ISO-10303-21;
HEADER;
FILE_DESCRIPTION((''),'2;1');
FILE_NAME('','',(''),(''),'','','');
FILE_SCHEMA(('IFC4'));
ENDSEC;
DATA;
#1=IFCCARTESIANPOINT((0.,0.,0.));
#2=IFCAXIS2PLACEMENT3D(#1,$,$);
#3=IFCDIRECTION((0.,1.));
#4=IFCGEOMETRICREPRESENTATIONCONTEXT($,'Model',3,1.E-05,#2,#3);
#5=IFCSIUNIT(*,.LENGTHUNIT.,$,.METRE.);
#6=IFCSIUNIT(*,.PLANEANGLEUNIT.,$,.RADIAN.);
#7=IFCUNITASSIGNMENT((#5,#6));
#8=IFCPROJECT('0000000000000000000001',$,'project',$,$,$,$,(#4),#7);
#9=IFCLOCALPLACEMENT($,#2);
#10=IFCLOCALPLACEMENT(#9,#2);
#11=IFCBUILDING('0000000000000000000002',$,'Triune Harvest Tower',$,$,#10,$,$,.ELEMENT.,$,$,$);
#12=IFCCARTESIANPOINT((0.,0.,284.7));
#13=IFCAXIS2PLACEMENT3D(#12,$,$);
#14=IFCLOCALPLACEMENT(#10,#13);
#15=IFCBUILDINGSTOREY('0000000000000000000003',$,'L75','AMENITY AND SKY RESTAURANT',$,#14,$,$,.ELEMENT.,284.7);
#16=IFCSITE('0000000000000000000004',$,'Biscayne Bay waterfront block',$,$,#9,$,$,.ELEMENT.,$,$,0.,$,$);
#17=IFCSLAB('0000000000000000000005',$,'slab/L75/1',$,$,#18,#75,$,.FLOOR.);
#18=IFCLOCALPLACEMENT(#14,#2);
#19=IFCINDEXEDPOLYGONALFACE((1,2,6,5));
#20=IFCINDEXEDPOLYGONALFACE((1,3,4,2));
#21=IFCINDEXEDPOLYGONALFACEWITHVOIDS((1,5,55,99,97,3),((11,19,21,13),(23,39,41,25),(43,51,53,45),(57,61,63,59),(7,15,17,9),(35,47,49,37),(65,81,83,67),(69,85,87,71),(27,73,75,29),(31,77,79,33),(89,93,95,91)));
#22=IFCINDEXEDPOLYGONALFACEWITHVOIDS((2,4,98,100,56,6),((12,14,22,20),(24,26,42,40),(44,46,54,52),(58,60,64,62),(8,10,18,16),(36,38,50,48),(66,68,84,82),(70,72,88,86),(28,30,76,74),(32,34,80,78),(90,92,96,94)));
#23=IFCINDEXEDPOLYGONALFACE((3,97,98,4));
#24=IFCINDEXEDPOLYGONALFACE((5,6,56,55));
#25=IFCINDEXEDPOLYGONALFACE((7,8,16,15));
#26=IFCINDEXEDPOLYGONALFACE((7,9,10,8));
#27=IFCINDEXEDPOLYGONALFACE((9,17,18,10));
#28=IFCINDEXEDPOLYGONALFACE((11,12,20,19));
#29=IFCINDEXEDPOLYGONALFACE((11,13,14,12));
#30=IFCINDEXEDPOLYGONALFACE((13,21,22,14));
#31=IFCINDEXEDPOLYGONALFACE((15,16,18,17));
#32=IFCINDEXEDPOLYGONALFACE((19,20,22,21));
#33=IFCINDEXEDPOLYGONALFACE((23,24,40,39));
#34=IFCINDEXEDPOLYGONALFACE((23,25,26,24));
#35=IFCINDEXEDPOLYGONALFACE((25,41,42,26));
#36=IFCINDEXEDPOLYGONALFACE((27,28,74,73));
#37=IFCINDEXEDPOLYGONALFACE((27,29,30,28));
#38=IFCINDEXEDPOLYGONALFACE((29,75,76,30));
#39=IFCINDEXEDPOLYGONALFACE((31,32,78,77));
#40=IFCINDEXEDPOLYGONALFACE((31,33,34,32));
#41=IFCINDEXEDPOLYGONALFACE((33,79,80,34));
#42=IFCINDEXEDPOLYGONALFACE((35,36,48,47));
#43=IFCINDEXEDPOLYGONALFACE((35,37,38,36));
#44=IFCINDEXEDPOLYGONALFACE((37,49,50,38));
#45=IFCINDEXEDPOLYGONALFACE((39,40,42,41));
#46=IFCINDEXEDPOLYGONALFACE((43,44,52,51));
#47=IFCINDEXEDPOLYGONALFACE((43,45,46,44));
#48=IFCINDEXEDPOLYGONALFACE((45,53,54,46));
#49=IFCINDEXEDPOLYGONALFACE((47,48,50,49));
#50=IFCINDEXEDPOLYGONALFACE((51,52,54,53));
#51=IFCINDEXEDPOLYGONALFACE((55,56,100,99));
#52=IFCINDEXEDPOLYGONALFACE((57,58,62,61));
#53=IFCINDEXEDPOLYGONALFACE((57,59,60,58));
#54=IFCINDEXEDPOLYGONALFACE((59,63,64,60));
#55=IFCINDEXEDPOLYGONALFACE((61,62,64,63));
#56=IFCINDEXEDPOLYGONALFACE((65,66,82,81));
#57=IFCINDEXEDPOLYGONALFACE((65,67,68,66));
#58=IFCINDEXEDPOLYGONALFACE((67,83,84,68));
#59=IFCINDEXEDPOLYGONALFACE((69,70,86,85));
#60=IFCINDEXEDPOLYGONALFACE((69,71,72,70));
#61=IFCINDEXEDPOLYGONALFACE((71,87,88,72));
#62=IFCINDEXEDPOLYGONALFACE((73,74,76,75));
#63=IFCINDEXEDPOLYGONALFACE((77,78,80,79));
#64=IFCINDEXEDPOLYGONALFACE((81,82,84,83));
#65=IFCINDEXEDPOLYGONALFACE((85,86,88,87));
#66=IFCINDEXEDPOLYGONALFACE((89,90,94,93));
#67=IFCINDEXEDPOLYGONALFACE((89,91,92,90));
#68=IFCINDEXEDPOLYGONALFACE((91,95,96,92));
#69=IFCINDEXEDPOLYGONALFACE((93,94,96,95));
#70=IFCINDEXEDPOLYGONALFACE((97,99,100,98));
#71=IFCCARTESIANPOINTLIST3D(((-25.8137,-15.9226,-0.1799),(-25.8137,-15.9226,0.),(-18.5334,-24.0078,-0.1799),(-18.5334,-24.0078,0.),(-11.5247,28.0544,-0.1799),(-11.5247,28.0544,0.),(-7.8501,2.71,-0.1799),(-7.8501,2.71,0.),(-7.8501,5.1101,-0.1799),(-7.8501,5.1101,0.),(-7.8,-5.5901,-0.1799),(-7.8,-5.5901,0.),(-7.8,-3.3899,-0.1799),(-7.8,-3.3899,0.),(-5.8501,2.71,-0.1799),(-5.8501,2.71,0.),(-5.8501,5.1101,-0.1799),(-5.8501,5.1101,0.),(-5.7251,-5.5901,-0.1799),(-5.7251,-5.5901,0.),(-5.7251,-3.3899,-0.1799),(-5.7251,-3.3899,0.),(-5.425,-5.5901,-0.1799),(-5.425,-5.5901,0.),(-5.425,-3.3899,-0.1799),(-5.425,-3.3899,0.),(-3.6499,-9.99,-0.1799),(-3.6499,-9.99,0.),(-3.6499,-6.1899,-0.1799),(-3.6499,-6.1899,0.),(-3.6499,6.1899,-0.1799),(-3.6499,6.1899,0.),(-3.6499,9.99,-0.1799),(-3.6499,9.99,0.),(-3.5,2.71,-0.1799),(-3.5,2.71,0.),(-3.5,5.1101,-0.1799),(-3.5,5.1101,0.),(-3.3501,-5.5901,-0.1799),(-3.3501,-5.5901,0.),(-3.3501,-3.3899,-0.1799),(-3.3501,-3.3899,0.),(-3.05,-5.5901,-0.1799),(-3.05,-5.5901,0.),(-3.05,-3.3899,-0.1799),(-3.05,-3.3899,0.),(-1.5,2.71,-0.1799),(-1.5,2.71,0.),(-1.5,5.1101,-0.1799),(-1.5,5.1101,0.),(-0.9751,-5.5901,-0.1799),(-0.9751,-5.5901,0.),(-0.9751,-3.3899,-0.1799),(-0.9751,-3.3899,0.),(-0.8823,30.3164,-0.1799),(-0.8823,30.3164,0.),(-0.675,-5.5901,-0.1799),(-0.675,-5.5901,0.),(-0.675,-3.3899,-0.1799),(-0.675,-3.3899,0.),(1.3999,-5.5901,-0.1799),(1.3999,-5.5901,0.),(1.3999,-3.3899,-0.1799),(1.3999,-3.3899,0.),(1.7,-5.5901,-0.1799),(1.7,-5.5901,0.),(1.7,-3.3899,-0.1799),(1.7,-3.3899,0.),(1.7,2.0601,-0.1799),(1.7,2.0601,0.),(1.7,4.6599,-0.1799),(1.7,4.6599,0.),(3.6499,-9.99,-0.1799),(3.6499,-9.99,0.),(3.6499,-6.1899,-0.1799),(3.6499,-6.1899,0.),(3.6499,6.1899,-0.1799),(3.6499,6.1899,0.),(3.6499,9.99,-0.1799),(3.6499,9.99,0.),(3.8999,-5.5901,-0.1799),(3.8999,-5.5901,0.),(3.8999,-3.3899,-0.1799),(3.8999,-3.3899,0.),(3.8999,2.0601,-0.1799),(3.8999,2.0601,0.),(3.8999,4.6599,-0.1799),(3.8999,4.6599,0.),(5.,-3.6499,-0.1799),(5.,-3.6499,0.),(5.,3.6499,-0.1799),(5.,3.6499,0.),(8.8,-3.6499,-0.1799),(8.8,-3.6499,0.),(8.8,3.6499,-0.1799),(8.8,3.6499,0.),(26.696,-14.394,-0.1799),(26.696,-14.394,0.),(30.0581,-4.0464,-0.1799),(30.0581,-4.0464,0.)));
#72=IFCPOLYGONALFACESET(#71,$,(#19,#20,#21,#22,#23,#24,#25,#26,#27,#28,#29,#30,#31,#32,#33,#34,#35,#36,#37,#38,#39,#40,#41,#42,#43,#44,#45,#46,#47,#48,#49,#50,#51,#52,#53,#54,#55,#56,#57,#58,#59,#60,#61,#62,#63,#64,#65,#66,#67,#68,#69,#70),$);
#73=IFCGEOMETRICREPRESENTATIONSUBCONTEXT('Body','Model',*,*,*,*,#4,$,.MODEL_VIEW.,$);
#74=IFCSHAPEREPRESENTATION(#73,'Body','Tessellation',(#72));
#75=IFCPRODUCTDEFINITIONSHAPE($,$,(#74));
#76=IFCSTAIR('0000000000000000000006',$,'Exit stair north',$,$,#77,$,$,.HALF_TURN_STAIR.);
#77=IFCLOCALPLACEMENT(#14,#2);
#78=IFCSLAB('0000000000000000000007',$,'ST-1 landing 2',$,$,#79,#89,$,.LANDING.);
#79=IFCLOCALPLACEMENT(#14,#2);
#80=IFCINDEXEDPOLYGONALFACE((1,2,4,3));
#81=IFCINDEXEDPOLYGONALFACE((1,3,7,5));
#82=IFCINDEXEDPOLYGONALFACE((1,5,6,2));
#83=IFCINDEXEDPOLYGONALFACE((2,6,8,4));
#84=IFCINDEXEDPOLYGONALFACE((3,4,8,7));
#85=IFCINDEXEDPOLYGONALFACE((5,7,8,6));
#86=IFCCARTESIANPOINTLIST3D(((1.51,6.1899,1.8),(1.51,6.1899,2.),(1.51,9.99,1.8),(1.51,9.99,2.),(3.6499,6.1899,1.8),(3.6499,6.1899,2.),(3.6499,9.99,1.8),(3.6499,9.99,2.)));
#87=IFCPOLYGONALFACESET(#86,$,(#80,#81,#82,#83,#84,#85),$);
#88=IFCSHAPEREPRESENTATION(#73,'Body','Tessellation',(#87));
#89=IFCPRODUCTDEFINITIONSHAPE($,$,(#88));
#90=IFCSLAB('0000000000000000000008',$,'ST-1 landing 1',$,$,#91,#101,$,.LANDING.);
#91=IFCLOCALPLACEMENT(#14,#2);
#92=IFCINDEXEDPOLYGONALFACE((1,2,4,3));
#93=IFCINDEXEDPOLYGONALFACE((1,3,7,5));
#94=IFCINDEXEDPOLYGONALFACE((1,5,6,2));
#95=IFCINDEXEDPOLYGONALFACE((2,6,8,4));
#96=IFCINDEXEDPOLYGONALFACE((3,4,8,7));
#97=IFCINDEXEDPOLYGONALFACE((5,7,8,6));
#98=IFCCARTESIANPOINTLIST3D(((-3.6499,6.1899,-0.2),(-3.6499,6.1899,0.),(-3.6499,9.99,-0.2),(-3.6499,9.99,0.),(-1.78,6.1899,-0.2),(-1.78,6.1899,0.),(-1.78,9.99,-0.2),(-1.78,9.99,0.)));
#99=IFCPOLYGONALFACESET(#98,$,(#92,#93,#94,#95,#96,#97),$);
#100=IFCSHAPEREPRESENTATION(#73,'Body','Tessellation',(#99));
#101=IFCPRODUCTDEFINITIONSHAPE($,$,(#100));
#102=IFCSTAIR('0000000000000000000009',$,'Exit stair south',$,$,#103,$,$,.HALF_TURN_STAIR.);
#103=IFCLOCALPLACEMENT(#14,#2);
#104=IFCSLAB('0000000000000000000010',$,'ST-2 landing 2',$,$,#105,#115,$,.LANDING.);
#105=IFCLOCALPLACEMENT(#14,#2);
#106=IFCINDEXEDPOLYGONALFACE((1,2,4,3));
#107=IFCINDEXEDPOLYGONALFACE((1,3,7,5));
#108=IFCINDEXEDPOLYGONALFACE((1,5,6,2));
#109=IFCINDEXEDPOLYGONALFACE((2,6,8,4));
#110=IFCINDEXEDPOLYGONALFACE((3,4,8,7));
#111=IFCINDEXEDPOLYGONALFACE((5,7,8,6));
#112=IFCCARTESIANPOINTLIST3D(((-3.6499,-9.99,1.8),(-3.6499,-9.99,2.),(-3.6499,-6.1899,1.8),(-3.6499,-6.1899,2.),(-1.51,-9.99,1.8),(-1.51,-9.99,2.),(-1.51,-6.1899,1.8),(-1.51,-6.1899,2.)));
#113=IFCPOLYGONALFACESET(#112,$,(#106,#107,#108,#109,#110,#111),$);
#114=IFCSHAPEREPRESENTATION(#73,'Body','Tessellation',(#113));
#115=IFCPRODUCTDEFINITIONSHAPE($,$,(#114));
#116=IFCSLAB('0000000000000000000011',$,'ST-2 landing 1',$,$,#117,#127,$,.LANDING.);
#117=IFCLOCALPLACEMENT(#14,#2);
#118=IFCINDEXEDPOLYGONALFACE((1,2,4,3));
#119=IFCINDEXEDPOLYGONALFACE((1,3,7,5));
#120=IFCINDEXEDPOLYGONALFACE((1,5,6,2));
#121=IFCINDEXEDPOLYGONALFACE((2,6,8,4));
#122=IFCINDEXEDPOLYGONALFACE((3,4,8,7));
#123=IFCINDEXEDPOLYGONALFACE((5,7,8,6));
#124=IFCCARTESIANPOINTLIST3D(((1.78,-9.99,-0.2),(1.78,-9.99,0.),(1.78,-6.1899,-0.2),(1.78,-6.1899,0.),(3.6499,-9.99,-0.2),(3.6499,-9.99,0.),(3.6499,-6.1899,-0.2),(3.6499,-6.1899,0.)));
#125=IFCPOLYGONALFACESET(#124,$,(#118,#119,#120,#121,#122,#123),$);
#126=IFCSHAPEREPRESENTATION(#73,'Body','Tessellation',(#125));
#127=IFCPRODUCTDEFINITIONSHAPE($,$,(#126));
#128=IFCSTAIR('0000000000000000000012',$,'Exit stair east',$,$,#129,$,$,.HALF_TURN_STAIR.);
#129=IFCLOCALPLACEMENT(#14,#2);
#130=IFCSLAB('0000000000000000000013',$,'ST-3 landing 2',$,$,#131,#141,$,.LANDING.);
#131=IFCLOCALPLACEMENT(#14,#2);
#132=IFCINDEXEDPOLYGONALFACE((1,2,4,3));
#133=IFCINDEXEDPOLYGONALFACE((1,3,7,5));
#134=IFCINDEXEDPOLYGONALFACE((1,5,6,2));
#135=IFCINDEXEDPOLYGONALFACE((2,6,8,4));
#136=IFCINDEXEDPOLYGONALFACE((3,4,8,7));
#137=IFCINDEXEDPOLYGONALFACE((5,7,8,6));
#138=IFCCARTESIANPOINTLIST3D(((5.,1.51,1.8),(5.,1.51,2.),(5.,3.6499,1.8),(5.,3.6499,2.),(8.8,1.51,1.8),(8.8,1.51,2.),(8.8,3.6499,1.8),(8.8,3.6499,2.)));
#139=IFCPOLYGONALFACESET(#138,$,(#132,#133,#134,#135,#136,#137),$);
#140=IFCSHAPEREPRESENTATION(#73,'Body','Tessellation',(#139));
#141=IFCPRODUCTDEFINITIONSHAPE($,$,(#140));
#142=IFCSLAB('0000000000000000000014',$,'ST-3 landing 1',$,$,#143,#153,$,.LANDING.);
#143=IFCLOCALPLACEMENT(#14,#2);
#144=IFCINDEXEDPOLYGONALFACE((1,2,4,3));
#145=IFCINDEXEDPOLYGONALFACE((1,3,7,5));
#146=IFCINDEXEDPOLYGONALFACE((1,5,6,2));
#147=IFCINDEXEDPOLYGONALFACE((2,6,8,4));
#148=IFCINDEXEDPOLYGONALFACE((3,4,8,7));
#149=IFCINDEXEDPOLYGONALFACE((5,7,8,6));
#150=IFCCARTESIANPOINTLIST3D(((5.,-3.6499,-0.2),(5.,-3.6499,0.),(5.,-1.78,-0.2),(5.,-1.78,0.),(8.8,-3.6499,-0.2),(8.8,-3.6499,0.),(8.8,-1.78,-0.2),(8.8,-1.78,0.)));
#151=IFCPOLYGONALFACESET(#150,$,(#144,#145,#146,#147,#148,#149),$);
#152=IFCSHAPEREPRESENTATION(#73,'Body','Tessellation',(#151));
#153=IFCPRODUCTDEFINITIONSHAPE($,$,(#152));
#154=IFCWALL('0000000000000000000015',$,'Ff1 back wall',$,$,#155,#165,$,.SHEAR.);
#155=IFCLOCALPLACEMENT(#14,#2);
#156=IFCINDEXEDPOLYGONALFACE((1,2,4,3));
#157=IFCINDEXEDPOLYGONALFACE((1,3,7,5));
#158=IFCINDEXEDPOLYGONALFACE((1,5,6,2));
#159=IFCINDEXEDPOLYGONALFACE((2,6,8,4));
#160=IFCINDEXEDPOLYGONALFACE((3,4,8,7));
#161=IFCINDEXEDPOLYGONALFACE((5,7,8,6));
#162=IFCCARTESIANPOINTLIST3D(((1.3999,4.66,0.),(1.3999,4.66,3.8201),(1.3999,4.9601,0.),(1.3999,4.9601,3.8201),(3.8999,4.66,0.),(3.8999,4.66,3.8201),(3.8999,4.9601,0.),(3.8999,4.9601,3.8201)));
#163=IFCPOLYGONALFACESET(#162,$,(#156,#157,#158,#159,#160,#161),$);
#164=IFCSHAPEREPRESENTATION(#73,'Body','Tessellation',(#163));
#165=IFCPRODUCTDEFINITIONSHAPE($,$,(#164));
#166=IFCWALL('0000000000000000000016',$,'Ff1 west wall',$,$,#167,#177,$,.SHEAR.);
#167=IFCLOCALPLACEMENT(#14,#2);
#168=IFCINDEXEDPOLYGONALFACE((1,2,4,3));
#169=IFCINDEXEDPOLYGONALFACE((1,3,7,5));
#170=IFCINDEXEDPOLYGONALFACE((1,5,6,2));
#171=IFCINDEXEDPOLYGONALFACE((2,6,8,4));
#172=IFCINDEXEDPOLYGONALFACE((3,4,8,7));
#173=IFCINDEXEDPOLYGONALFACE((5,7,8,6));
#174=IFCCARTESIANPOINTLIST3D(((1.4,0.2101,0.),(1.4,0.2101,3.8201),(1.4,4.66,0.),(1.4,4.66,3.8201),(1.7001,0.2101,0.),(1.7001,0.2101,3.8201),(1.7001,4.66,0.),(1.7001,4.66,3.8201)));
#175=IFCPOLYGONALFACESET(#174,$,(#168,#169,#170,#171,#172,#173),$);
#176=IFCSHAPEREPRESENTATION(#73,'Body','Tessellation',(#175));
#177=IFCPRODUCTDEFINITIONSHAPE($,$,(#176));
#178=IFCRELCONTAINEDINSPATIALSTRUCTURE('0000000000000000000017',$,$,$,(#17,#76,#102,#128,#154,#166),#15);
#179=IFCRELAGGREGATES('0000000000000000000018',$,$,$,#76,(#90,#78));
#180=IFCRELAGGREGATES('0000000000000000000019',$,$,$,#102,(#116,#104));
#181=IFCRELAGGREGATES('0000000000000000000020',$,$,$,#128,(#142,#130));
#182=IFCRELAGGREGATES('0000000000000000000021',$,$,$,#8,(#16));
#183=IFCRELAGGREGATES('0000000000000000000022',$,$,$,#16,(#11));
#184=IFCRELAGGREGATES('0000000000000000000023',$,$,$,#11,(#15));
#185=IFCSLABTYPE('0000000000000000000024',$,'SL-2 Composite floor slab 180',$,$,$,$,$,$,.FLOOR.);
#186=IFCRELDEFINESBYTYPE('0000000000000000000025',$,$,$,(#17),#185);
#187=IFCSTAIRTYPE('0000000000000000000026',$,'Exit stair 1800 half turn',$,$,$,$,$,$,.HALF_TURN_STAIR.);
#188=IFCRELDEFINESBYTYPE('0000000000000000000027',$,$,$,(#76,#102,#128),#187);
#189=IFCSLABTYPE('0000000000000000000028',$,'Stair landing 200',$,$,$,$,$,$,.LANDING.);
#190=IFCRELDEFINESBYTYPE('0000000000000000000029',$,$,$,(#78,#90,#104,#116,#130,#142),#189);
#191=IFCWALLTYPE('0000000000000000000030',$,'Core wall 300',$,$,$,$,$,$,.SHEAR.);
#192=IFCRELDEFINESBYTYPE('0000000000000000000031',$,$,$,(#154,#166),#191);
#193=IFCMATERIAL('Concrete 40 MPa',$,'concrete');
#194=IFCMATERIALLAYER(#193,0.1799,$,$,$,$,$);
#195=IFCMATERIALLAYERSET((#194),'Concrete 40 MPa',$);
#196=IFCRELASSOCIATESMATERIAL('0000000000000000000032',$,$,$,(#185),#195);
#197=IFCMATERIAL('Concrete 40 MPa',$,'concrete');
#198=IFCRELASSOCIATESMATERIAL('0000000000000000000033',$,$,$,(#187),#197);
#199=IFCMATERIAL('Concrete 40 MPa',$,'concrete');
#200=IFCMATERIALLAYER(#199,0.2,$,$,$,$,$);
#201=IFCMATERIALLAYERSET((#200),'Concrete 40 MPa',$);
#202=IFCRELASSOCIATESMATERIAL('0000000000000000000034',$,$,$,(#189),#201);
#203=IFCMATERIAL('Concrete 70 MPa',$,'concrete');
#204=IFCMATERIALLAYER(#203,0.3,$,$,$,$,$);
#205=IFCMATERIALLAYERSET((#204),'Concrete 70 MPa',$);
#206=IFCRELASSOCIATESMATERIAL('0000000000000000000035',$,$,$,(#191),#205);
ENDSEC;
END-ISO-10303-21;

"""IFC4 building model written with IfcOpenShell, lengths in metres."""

from ifc_helpers import new_model, si_unit, direction, frame, frame_2d, origin, place, context, subcontext, project, spatial, polyline, rectangle, outline, extrude, source, transform, mapped, material, layer, layer_set, type_object, element, aggregate, save


model = new_model("IFC4")

# Units and contexts
model_context = context("Model", 3, precision=1e-05, world=origin(), true_north=direction((0.0, 1.0)))
body_context = subcontext(model_context, "Body", "Model", "MODEL_VIEW")
ifc_project = project(units=[si_unit("LENGTHUNIT", "METRE"), si_unit("PLANEANGLEUNIT", "RADIAN")], contexts=[model_context])

# Site, building, storey
site_placement = place(None, origin())
site = spatial("IfcSite", under=ifc_project, at=site_placement, Name="Biscayne Bay waterfront block", CompositionType="ELEMENT", RefElevation=0.0)
building_placement = place(site_placement, origin())
building = spatial("IfcBuilding", under=site, at=building_placement, Name="Triune Harvest Tower", CompositionType="ELEMENT")
storey_placement = place(building_placement, frame((0.0, 0.0, 284.7)))
storey = spatial("IfcBuildingStorey", under=building, at=storey_placement, Name="L75", Description="AMENITY AND SKY RESTAURANT", CompositionType="ELEMENT", Elevation=284.7)

# Slab
ifc_material_1 = material(Name="Concrete 40 MPa", Category="concrete")
ifc_layer_1 = layer(ifc_material_1, 0.1799)
ifc_layer_set_1 = layer_set([ifc_layer_1], Name="Concrete 40 MPa")
slab_type_1 = type_object("IfcSlabType", Name="SL-2 Composite floor slab 180", PredefinedType="FLOOR", material=ifc_layer_set_1)
shared_shape_1 = source(origin(), body_context, "Body", "SweptSolid", [
    extrude(outline(polyline([(30.0581, -4.0464), (-0.8823, 30.3164), (-11.5247, 28.0544), (-25.8137, -15.9226), (-18.5334, -24.0078), (26.696, -14.394), (30.0581, -4.0464)]), holes=[polyline([(-5.7251, -5.5901), (-5.7251, -3.3899), (-7.8, -3.3899), (-7.8, -5.5901), (-5.7251, -5.5901)]), polyline([(-3.3501, -5.5901), (-3.3501, -3.3899), (-5.425, -3.3899), (-5.425, -5.5901), (-3.3501, -5.5901)]), polyline([(-0.9751, -5.5901), (-0.9751, -3.3899), (-3.05, -3.3899), (-3.05, -5.5901), (-0.9751, -5.5901)]), polyline([(1.3999, -5.5901), (1.3999, -3.3899), (-0.675, -3.3899), (-0.675, -5.5901), (1.3999, -5.5901)]), polyline([(3.8999, 2.0601), (3.8999, 4.6599), (1.7, 4.6599), (1.7, 2.0601), (3.8999, 2.0601)]), polyline([(3.8999, -5.5901), (3.8999, -3.3899), (1.7, -3.3899), (1.7, -5.5901), (3.8999, -5.5901)]), polyline([(-5.8501, 2.71), (-5.8501, 5.1101), (-7.8501, 5.1101), (-7.8501, 2.71), (-5.8501, 2.71)]), polyline([(-1.5, 2.71), (-1.5, 5.1101), (-3.5, 5.1101), (-3.5, 2.71), (-1.5, 2.71)]), polyline([(3.6499, 6.1899), (3.6499, 9.99), (-3.6499, 9.99), (-3.6499, 6.1899), (3.6499, 6.1899)]), polyline([(3.6499, -9.99), (3.6499, -6.1899), (-3.6499, -6.1899), (-3.6499, -9.99), (3.6499, -9.99)]), polyline([(8.8, -3.6499), (8.8, 3.6499), (5.0, 3.6499), (5.0, -3.6499), (8.8, -3.6499)])]), origin(), (0.0, 0.0, 1.0), 0.1799),
])
slab_1_placement = place(storey_placement, frame((0.0, 0.0, -0.1799)))
element("IfcSlab", 1, at=slab_1_placement, inside=storey, type_object=slab_type_1, Name="slab/L75/1", PredefinedType="FLOOR", context=body_context, shape_type="MappedRepresentation", body=[
    mapped(shared_shape_1, transform((0.0, 0.0, 0.0), scale=1.0)),
])

# Stairs, slabs
ifc_material_2 = material(Name="Concrete 40 MPa", Category="concrete")
stair_type = type_object("IfcStairType", Name="Exit stair 1800 half turn", PredefinedType="HALF_TURN_STAIR", material=ifc_material_2)
stair_1_placement = place(storey_placement, origin())
stair_1 = element("IfcStair", 2, at=stair_1_placement, inside=storey, type_object=stair_type, Name="Exit stair north", PredefinedType="HALF_TURN_STAIR")
ifc_material_3 = material(Name="Concrete 40 MPa", Category="concrete")
ifc_layer_2 = layer(ifc_material_3, 0.2)
ifc_layer_set_2 = layer_set([ifc_layer_2], Name="Concrete 40 MPa")
slab_type_2 = type_object("IfcSlabType", Name="Stair landing 200", PredefinedType="LANDING", material=ifc_layer_set_2)
shared_shape_2 = source(origin(), body_context, "Body", "SweptSolid", [
    extrude(outline(polyline([(1.51, 6.1899), (3.6499, 6.1899), (3.6499, 9.99), (1.51, 9.99), (1.51, 6.1899)])), origin(), (0.0, 0.0, 1.0), 0.2),
])
slab_2_placement = place(storey_placement, frame((0.0, 0.0, 1.8)))
slab_2 = element("IfcSlab", 3, at=slab_2_placement, type_object=slab_type_2, Name="ST-1 landing 2", PredefinedType="LANDING", context=body_context, shape_type="MappedRepresentation", body=[
    mapped(shared_shape_2, transform((0.0, 0.0, 0.0), scale=1.0)),
])
shared_shape_3 = source(origin(), body_context, "Body", "SweptSolid", [
    extrude(outline(polyline([(-3.6499, 6.1899), (-1.78, 6.1899), (-1.78, 9.99), (-3.6499, 9.99), (-3.6499, 6.1899)])), origin(), (0.0, 0.0, 1.0), 0.2),
])
slab_3_placement = place(storey_placement, frame((0.0, 0.0, -0.2)))
slab_3 = element("IfcSlab", 4, at=slab_3_placement, type_object=slab_type_2, Name="ST-1 landing 1", PredefinedType="LANDING", context=body_context, shape_type="MappedRepresentation", body=[
    mapped(shared_shape_3, transform((0.0, 0.0, 0.0), scale=1.0)),
])
aggregate(stair_1, [slab_3, slab_2])
stair_2_placement = place(storey_placement, origin())
stair_2 = element("IfcStair", 5, at=stair_2_placement, inside=storey, type_object=stair_type, Name="Exit stair south", PredefinedType="HALF_TURN_STAIR")
shared_shape_4 = source(origin(), body_context, "Body", "SweptSolid", [
    extrude(outline(polyline([(-1.51, -6.1899), (-3.6499, -6.1899), (-3.6499, -9.99), (-1.51, -9.99), (-1.51, -6.1899)])), origin(), (0.0, 0.0, 1.0), 0.2),
])
slab_4_placement = place(storey_placement, frame((0.0, 0.0, 1.8)))
slab_4 = element("IfcSlab", 6, at=slab_4_placement, type_object=slab_type_2, Name="ST-2 landing 2", PredefinedType="LANDING", context=body_context, shape_type="MappedRepresentation", body=[
    mapped(shared_shape_4, transform((0.0, 0.0, 0.0), scale=1.0)),
])
shared_shape_5 = source(origin(), body_context, "Body", "SweptSolid", [
    extrude(outline(polyline([(3.6499, -6.1899), (1.78, -6.1899), (1.78, -9.99), (3.6499, -9.99), (3.6499, -6.1899)])), origin(), (0.0, 0.0, 1.0), 0.2),
])
slab_5_placement = place(storey_placement, frame((0.0, 0.0, -0.2)))
slab_5 = element("IfcSlab", 7, at=slab_5_placement, type_object=slab_type_2, Name="ST-2 landing 1", PredefinedType="LANDING", context=body_context, shape_type="MappedRepresentation", body=[
    mapped(shared_shape_5, transform((0.0, 0.0, 0.0), scale=1.0)),
])
aggregate(stair_2, [slab_5, slab_4])
stair_3_placement = place(storey_placement, origin())
stair_3 = element("IfcStair", 8, at=stair_3_placement, inside=storey, type_object=stair_type, Name="Exit stair east", PredefinedType="HALF_TURN_STAIR")
shared_shape_6 = source(origin(), body_context, "Body", "SweptSolid", [
    extrude(outline(polyline([(8.8, 1.51), (8.8, 3.6499), (5.0, 3.6499), (5.0, 1.51), (8.8, 1.51)])), origin(), (0.0, 0.0, 1.0), 0.2),
])
slab_6_placement = place(storey_placement, frame((0.0, 0.0, 1.8)))
slab_6 = element("IfcSlab", 9, at=slab_6_placement, type_object=slab_type_2, Name="ST-3 landing 2", PredefinedType="LANDING", context=body_context, shape_type="MappedRepresentation", body=[
    mapped(shared_shape_6, transform((0.0, 0.0, 0.0), scale=1.0)),
])
shared_shape_7 = source(origin(), body_context, "Body", "SweptSolid", [
    extrude(outline(polyline([(8.8, -3.6499), (8.8, -1.78), (5.0, -1.78), (5.0, -3.6499), (8.8, -3.6499)])), origin(), (0.0, 0.0, 1.0), 0.2),
])
slab_7_placement = place(storey_placement, frame((0.0, 0.0, -0.2)))
slab_7 = element("IfcSlab", 10, at=slab_7_placement, type_object=slab_type_2, Name="ST-3 landing 1", PredefinedType="LANDING", context=body_context, shape_type="MappedRepresentation", body=[
    mapped(shared_shape_7, transform((0.0, 0.0, 0.0), scale=1.0)),
])

# Walls
ifc_material_4 = material(Name="Concrete 70 MPa", Category="concrete")
ifc_layer_3 = layer(ifc_material_4, 0.3)
ifc_layer_set_3 = layer_set([ifc_layer_3], Name="Concrete 70 MPa")
wall_type_1 = type_object("IfcWallType", Name="Core wall 300", PredefinedType="SHEAR", material=ifc_layer_set_3)
shared_shape_8 = source(origin(), body_context, "Body", "SweptSolid", [
    extrude(rectangle(XDim=2.5, YDim=0.3, at=frame_2d((1.25, 0.0))), origin(), (0.0, 0.0, 1.0), 3.8201),
])
wall_1_placement = place(storey_placement, frame((1.3999, 4.8101, 0.0), z_axis=(0.0, 0.0, 1.0), x_axis=(1.0, 0.0, 0.0)))
element("IfcWall", 11, at=wall_1_placement, inside=storey, type_object=wall_type_1, Name="Ff1 back wall", PredefinedType="SHEAR", context=body_context, shape_type="MappedRepresentation", body=[
    mapped(shared_shape_8, transform((0.0, 0.0, 0.0), scale=1.0)),
])
shared_shape_9 = source(origin(), body_context, "Body", "SweptSolid", [
    extrude(rectangle(XDim=4.45, YDim=0.3, at=frame_2d((2.2251, 0.0))), origin(), (0.0, 0.0, 1.0), 3.8201),
])
wall_2_placement = place(storey_placement, frame((1.55, 0.21, 0.0), z_axis=(0.0, 0.0, 1.0), x_axis=(0.0, 1.0, 0.0)))
element("IfcWall", 12, at=wall_2_placement, inside=storey, type_object=wall_type_1, Name="Ff1 west wall", PredefinedType="SHEAR", context=body_context, shape_type="MappedRepresentation", body=[
    mapped(shared_shape_9, transform((0.0, 0.0, 0.0), scale=1.0)),
])

aggregate(stair_3, [slab_7, slab_6])

save(model, "model.ifc")
